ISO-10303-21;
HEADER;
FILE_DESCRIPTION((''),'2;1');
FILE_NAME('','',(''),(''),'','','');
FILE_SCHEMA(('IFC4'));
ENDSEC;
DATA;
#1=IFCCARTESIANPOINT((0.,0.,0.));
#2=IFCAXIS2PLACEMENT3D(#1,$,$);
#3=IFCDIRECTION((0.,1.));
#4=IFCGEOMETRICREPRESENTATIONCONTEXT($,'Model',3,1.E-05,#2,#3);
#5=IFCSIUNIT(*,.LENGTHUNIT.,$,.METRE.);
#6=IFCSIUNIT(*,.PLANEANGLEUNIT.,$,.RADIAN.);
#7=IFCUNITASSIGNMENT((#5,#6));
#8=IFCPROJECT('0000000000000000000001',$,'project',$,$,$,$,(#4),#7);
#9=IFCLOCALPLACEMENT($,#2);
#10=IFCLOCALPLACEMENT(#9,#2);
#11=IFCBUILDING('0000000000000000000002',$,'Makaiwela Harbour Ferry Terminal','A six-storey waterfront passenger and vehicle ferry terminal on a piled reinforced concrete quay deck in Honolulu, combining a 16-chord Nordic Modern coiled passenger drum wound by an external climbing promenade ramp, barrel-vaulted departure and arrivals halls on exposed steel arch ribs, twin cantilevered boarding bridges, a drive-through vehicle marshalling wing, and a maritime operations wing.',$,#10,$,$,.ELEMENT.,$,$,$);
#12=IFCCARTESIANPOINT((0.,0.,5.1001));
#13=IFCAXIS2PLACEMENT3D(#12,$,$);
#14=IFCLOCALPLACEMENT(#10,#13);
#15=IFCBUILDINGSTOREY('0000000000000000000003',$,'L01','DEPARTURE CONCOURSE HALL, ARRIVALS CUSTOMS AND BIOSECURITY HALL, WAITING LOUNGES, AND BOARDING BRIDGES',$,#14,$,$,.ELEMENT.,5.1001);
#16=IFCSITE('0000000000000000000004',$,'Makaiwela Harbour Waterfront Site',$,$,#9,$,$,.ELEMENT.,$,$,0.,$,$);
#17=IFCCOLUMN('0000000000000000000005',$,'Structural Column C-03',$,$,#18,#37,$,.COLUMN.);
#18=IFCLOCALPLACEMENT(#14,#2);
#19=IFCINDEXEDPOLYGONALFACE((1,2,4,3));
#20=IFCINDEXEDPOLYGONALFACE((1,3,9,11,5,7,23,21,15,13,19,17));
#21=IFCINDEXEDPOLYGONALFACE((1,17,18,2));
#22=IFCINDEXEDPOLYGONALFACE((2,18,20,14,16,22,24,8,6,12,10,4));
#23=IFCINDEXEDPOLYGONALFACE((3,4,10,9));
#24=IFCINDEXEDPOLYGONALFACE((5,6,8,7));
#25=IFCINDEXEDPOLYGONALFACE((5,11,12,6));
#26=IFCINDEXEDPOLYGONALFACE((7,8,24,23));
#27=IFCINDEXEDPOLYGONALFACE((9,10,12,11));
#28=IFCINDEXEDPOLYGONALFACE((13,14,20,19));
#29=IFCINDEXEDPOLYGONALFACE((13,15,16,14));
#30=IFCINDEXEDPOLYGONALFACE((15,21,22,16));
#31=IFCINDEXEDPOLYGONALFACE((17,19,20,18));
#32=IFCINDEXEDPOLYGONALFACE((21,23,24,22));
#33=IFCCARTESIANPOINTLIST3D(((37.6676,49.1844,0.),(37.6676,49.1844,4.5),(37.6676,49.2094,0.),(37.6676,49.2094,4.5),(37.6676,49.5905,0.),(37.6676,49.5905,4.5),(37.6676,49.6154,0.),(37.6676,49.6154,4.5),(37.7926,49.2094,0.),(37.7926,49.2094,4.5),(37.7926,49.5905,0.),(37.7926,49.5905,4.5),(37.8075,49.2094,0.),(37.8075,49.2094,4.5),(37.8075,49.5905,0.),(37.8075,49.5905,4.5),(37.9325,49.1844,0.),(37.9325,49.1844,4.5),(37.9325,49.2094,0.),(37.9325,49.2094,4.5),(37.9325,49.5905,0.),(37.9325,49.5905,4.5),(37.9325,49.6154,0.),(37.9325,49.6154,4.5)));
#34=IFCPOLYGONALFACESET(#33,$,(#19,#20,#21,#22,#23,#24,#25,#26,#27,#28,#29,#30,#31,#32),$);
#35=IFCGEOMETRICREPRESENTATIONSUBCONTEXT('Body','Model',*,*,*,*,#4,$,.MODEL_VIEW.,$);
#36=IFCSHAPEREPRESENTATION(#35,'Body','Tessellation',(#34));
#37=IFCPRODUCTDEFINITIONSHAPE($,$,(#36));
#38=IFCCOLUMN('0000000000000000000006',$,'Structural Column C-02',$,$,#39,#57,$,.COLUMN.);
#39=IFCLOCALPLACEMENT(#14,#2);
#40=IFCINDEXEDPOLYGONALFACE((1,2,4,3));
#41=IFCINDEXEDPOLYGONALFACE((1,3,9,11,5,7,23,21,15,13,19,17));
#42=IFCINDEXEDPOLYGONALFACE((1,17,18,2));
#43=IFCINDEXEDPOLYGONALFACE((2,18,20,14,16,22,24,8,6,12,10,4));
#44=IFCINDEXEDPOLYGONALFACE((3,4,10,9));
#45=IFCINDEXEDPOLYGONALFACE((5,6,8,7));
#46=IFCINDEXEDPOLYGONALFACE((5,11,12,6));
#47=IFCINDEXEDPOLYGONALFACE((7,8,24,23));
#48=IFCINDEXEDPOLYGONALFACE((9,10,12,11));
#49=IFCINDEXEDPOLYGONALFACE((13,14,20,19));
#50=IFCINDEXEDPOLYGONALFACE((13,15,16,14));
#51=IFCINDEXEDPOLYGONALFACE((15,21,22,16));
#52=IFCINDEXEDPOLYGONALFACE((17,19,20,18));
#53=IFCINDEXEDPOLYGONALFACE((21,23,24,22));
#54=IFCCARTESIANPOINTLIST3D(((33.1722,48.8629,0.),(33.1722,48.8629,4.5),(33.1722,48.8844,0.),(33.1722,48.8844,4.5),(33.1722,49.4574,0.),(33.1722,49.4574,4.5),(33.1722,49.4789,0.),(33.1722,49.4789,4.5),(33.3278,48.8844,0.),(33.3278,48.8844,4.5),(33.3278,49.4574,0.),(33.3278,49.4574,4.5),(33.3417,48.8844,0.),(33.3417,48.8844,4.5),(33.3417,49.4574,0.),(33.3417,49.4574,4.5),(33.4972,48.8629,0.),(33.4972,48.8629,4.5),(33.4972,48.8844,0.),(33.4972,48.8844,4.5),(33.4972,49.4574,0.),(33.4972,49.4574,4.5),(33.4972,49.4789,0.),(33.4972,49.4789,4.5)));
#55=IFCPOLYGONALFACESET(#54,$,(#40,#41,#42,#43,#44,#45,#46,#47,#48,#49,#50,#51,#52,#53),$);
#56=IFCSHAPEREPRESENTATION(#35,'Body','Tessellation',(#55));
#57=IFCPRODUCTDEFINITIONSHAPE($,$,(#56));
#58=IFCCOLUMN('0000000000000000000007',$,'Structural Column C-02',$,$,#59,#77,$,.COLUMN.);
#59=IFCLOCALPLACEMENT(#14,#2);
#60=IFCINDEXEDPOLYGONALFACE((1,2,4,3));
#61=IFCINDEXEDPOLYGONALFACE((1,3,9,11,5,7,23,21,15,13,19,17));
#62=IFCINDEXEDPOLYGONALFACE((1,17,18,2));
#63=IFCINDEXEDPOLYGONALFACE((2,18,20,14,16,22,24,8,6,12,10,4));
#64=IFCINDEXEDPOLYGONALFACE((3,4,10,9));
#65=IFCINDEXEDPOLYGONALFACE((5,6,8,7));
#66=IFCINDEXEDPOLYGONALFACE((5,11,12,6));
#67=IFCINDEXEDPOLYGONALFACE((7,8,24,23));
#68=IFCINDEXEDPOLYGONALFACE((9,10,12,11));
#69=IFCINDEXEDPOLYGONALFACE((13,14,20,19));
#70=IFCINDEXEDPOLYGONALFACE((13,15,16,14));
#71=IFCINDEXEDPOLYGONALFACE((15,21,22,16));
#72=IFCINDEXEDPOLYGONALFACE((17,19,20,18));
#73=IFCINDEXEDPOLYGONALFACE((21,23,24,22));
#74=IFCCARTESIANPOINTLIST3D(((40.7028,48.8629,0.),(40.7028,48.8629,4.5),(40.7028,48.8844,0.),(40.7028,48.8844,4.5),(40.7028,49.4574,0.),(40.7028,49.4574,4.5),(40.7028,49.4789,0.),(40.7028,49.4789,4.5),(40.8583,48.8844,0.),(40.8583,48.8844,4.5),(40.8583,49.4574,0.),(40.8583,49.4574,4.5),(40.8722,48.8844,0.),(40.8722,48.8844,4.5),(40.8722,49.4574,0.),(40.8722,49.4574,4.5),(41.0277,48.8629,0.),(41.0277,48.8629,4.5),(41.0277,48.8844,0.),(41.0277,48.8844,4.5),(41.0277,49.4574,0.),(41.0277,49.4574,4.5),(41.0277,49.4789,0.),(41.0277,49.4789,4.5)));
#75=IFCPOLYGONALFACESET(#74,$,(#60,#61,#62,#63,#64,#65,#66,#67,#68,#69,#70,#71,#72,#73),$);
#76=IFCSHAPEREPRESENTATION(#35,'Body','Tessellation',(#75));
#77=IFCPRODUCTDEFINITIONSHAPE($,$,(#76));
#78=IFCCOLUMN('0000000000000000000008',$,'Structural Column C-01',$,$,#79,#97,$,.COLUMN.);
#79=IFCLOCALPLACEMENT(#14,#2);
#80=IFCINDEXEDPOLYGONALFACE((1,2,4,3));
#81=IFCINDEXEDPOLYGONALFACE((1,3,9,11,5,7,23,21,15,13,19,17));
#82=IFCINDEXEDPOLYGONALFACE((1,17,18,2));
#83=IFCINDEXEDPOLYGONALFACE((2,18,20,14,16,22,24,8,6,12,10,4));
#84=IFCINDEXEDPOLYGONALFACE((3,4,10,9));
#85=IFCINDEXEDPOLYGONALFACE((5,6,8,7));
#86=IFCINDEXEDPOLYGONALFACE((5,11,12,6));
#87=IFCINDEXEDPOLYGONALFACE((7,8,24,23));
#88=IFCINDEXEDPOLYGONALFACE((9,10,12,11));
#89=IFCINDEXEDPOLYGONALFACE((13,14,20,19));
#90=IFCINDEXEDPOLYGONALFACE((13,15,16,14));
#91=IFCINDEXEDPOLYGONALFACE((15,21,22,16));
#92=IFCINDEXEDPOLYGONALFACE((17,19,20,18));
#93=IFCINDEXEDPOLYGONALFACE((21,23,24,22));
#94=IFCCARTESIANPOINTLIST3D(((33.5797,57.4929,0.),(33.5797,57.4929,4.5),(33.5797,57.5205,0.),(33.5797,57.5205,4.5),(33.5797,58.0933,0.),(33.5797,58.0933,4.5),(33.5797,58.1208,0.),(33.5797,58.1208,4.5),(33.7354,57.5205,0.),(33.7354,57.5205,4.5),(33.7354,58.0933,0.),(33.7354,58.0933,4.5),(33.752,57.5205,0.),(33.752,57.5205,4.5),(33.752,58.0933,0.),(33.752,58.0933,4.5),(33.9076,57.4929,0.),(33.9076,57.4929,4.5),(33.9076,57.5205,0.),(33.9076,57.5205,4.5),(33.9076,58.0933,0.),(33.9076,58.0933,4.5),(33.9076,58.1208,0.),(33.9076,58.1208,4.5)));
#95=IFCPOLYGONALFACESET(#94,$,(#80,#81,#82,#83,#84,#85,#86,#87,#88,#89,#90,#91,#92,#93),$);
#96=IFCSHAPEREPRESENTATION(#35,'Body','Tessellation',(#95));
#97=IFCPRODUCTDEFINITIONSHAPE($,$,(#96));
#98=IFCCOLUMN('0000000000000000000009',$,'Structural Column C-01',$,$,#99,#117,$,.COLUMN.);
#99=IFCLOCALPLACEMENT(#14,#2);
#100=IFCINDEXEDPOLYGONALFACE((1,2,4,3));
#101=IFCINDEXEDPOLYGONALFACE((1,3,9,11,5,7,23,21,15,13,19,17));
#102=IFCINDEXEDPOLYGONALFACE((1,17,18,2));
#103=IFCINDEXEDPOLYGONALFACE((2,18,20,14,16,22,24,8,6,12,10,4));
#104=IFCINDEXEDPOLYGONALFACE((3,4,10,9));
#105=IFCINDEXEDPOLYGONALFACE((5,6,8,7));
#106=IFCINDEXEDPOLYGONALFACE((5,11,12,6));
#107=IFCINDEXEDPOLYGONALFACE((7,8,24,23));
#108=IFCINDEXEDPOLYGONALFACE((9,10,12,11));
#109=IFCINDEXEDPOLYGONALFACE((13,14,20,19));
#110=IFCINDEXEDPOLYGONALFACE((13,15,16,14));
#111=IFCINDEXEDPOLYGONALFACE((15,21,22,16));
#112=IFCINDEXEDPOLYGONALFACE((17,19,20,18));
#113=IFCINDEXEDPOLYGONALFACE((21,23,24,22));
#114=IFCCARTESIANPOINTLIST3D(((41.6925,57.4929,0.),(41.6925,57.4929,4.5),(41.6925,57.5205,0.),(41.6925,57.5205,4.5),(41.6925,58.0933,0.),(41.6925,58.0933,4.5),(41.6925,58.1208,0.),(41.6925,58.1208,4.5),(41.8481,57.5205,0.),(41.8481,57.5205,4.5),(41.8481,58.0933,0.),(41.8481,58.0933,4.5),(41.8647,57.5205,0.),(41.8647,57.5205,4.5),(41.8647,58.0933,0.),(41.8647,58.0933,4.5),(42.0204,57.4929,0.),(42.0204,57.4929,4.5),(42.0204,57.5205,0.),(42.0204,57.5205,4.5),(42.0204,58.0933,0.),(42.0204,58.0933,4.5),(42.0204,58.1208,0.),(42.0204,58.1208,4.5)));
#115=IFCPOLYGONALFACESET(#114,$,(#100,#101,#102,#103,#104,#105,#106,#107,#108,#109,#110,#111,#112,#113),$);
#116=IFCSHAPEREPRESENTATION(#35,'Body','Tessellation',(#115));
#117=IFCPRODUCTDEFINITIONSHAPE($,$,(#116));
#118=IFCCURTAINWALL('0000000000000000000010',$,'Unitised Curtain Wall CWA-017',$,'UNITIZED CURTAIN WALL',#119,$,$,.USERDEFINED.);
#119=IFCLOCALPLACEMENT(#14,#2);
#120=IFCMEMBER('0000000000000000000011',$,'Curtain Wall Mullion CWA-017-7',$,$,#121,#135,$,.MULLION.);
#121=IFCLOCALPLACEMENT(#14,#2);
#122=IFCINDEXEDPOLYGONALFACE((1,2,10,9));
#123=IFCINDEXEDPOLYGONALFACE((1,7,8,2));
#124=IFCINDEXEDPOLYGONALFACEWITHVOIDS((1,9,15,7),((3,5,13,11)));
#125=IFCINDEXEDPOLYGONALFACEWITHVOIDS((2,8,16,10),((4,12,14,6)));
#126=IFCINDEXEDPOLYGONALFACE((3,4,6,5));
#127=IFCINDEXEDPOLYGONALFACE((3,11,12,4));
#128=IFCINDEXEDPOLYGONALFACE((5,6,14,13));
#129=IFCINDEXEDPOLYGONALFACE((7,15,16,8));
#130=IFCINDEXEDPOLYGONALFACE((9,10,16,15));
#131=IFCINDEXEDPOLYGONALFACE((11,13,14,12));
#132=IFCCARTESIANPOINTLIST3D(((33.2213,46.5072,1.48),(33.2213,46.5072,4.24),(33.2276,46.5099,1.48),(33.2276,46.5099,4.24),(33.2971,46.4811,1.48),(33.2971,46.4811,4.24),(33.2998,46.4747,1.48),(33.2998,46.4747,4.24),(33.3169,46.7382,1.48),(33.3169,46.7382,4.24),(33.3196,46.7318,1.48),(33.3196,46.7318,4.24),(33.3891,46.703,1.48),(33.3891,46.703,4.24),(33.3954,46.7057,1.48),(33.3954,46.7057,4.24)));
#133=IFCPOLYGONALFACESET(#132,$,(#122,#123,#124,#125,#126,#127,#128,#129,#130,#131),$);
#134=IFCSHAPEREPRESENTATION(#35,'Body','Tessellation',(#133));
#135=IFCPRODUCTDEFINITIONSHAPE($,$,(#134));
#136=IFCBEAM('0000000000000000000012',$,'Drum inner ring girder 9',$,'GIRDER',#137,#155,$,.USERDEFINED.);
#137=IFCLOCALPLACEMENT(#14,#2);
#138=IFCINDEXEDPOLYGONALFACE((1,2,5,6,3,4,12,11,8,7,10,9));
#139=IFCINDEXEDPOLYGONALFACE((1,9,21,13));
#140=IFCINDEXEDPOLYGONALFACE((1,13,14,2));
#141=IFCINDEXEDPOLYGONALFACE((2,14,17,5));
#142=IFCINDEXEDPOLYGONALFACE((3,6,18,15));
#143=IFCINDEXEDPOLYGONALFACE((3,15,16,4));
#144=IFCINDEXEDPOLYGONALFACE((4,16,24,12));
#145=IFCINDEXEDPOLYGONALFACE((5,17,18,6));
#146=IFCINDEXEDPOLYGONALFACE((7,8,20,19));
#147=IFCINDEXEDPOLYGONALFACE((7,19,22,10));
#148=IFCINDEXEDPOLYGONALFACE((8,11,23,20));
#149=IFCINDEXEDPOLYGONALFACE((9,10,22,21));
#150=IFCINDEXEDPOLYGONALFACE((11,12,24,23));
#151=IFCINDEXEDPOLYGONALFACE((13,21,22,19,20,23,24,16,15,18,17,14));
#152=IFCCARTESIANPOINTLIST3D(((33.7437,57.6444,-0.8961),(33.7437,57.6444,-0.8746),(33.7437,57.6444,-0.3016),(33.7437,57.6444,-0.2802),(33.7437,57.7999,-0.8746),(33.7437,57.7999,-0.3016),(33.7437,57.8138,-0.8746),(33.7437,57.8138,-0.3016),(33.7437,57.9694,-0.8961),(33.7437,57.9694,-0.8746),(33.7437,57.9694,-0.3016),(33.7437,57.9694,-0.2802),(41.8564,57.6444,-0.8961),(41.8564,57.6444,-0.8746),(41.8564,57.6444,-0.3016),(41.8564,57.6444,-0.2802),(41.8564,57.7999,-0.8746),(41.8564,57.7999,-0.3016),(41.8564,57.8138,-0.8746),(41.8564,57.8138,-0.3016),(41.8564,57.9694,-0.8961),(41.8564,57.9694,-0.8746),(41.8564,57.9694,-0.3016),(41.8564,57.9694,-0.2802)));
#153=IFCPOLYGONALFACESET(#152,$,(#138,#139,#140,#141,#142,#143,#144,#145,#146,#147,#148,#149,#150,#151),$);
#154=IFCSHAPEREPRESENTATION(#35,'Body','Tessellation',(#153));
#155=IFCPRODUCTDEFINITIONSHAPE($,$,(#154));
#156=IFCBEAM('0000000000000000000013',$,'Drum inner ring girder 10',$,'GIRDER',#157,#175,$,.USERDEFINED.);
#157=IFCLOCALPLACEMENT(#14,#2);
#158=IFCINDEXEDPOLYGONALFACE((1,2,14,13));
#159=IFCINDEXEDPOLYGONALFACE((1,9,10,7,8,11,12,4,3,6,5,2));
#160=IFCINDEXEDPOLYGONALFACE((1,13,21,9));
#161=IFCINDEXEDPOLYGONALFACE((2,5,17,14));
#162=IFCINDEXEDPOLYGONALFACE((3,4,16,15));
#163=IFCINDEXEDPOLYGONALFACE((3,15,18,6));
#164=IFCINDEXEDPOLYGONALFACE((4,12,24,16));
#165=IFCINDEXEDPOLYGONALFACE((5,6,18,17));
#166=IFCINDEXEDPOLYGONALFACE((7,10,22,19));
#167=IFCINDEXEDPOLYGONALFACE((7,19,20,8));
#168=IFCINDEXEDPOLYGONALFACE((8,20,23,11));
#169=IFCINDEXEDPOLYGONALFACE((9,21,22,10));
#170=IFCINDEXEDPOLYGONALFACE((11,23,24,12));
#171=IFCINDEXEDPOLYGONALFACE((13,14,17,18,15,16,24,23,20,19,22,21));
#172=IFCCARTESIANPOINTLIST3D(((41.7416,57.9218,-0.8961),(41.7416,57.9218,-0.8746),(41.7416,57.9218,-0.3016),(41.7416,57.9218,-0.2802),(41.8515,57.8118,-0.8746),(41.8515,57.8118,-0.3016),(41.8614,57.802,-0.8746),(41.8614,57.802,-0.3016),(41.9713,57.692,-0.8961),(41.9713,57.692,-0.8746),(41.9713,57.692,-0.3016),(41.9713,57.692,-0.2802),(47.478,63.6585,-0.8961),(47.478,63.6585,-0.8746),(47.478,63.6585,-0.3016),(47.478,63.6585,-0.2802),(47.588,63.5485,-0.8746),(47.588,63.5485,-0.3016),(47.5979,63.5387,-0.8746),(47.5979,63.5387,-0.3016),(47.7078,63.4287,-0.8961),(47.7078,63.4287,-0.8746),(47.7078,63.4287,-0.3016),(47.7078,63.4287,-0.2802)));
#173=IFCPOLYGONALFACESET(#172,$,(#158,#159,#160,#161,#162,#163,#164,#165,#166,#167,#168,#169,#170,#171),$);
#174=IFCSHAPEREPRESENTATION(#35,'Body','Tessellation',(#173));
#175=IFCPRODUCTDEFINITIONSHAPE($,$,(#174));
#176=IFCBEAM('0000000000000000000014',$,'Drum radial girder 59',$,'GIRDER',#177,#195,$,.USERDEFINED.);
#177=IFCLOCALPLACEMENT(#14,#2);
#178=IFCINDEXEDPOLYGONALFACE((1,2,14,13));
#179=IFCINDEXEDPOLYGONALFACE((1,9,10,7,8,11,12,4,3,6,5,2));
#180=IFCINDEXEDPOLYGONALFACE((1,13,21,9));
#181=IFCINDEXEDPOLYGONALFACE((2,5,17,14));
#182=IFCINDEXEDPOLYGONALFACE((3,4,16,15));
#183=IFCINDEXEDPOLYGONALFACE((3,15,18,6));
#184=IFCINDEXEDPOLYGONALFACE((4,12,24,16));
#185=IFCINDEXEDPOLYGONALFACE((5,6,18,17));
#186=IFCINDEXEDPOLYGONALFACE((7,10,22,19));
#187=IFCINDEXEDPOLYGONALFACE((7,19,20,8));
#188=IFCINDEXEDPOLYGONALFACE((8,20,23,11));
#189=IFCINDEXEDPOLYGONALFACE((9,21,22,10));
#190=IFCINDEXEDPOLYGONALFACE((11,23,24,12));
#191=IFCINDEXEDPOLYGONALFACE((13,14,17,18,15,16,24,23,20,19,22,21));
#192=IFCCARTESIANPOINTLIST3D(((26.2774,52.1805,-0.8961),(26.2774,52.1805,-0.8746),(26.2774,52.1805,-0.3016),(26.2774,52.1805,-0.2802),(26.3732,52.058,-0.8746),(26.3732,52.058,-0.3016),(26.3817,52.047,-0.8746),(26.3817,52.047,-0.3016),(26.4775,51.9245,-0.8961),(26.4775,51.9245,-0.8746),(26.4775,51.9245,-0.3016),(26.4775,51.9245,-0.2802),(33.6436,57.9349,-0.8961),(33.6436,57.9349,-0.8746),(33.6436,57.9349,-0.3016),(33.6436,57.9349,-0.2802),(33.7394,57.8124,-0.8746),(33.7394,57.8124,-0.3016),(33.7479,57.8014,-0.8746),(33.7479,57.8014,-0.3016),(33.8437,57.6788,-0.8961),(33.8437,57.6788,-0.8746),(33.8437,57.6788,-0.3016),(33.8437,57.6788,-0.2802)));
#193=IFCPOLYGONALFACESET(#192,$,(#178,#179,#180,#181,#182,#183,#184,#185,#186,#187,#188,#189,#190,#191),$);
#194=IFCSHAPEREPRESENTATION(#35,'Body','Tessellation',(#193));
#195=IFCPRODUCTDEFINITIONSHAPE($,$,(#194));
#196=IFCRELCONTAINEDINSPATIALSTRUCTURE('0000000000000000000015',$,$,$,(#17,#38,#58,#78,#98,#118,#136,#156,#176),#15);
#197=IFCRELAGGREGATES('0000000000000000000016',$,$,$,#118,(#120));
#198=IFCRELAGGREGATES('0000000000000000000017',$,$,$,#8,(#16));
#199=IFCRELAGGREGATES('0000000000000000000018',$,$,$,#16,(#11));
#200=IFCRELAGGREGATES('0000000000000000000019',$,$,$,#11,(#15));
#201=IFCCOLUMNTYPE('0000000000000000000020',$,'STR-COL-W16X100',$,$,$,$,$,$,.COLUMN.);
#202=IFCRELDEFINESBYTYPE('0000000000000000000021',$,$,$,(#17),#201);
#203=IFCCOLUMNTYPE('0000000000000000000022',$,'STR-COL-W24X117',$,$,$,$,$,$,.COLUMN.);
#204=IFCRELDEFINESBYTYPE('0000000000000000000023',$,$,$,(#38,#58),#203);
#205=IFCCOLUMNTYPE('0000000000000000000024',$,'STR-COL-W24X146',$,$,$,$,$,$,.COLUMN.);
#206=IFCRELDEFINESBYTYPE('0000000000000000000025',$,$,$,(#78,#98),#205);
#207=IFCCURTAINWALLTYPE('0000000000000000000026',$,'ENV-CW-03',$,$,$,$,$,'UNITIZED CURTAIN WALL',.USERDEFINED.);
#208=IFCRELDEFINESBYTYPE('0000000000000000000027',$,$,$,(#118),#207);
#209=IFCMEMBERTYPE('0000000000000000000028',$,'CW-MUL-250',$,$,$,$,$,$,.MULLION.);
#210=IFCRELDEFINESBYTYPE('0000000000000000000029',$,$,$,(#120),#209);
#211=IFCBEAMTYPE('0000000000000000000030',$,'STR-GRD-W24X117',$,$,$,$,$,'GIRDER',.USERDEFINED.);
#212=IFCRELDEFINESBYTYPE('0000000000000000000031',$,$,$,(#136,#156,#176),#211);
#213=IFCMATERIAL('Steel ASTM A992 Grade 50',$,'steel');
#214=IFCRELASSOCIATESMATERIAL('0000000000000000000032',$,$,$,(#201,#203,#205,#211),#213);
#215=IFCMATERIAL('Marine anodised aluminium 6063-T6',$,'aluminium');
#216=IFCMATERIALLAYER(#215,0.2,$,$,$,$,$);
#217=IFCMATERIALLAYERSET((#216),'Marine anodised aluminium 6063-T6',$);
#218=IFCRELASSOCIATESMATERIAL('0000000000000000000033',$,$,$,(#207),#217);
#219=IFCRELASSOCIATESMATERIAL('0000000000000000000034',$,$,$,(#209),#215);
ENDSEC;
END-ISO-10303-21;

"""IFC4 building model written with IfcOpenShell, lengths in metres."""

from ifc_helpers import new_model, si_unit, direction, frame, origin, origin_2d, place, context, subcontext, project, spatial, hollow_rectangle, i_section, extrude, material, layer, layer_set, material_profile, profile_set, type_object, element, aggregate, save


model = new_model("IFC4")

# Units and contexts
model_context = context("Model", 3, precision=1e-05, world=origin(), true_north=direction((0.0, 1.0)))
body_context = subcontext(model_context, "Body", "Model", "MODEL_VIEW")
ifc_project = project(units=[si_unit("LENGTHUNIT", "METRE"), si_unit("PLANEANGLEUNIT", "RADIAN")], contexts=[model_context])

# Site, building, storey
site_placement = place(None, origin())
site = spatial("IfcSite", under=ifc_project, at=site_placement, Name="Makaiwela Harbour Waterfront Site", CompositionType="ELEMENT", RefElevation=0.0)
building_placement = place(site_placement, origin())
building = spatial("IfcBuilding", under=site, at=building_placement, Name="Makaiwela Harbour Ferry Terminal", Description="A six-storey waterfront passenger and vehicle ferry terminal on a piled reinforced concrete quay deck in Honolulu, combining a 16-chord Nordic Modern coiled passenger drum wound by an external climbing promenade ramp, barrel-vaulted departure and arrivals halls on exposed steel arch ribs, twin cantilevered boarding bridges, a drive-through vehicle marshalling wing, and a maritime operations wing.", CompositionType="ELEMENT")
storey_placement = place(building_placement, frame((0.0, 0.0, 5.1001)))
storey = spatial("IfcBuildingStorey", under=building, at=storey_placement, Name="L01", Description="DEPARTURE CONCOURSE HALL, ARRIVALS CUSTOMS AND BIOSECURITY HALL, WAITING LOUNGES, AND BOARDING BRIDGES", CompositionType="ELEMENT", Elevation=5.1001)

# Columns
ifc_material_1 = material(Name="Steel ASTM A992 Grade 50", Category="steel")
ifc_material_profile_1 = material_profile(ifc_material_1, i_section(OverallWidth=0.2649, OverallDepth=0.4309, WebThickness=0.0149, FlangeThickness=0.0249, at=origin_2d()), Name="W16X100")
ifc_profile_set_1 = profile_set([ifc_material_profile_1], Name="Steel ASTM A992 Grade 50")
column_type_1 = type_object("IfcColumnType", Name="STR-COL-W16X100", PredefinedType="COLUMN", material=ifc_profile_set_1)
column_placement = place(storey_placement, frame((37.8, 49.3999, 0.0), z_axis=(0.0, 0.0, 1.0), x_axis=(1.0, 0.0, 0.0)))
element("IfcColumn", 1, at=column_placement, inside=storey, type_object=column_type_1, Name="Structural Column C-03", PredefinedType="COLUMN", context=body_context, shape_type="SweptSolid", body=[
    extrude(i_section(OverallWidth=0.2649, OverallDepth=0.4309, WebThickness=0.0149, FlangeThickness=0.0249, at=origin_2d()), origin(), (0.0, 0.0, 1.0), 4.5),
])
ifc_material_profile_2 = material_profile(ifc_material_1, i_section(OverallWidth=0.325, OverallDepth=0.616, WebThickness=0.0139, FlangeThickness=0.0215, at=origin_2d()), Name="W24X117")
ifc_profile_set_2 = profile_set([ifc_material_profile_2], Name="Steel ASTM A992 Grade 50")
column_type_2 = type_object("IfcColumnType", Name="STR-COL-W24X117", PredefinedType="COLUMN", material=ifc_profile_set_2)
for number, where, z_axis, x_axis, name in (
    (2, (33.3347, 49.1709, 0.0), (0.0, 0.0, 1.0), (1.0, 0.0, 0.0), "Structural Column C-02"),
    (3, (40.8652, 49.1709, 0.0), (0.0, 0.0, 1.0), (1.0, 0.0, 0.0), "Structural Column C-02"),
):
    element("IfcColumn", number, at=place(storey_placement, frame(where, z_axis=z_axis, x_axis=x_axis)), inside=storey, type_object=column_type_2, Name=name, PredefinedType="COLUMN", context=body_context, shape_type="SweptSolid", body=[
        extrude(i_section(OverallWidth=0.325, OverallDepth=0.616, WebThickness=0.0139, FlangeThickness=0.0215, at=origin_2d()), origin(), (0.0, 0.0, 1.0), 4.5),
    ])
ifc_material_profile_3 = material_profile(ifc_material_1, i_section(OverallWidth=0.3279, OverallDepth=0.6279, WebThickness=0.0166, FlangeThickness=0.0276, at=origin_2d()), Name="W24X146")
ifc_profile_set_3 = profile_set([ifc_material_profile_3], Name="Steel ASTM A992 Grade 50")
column_type_3 = type_object("IfcColumnType", Name="STR-COL-W24X146", PredefinedType="COLUMN", material=ifc_profile_set_3)
for number, where, z_axis, x_axis, name in (
    (4, (33.7437, 57.8069, 0.0), (0.0, 0.0, 1.0), (1.0, 0.0, 0.0), "Structural Column C-01"),
    (5, (41.8564, 57.8069, 0.0), (0.0, 0.0, 1.0), (1.0, 0.0, 0.0), "Structural Column C-01"),
):
    element("IfcColumn", number, at=place(storey_placement, frame(where, z_axis=z_axis, x_axis=x_axis)), inside=storey, type_object=column_type_3, Name=name, PredefinedType="COLUMN", context=body_context, shape_type="SweptSolid", body=[
        extrude(i_section(OverallWidth=0.3279, OverallDepth=0.6279, WebThickness=0.0166, FlangeThickness=0.0276, at=origin_2d()), origin(), (0.0, 0.0, 1.0), 4.5),
    ])

# Curtain wall, member
ifc_material_2 = material(Name="Marine anodised aluminium 6063-T6", Category="aluminium")
ifc_layer_1 = layer(ifc_material_2, 0.2)
ifc_layer_set_1 = layer_set([ifc_layer_1], Name="Marine anodised aluminium 6063-T6")
curtain_wall_type = type_object("IfcCurtainWallType", Name="ENV-CW-03", ElementType="UNITIZED CURTAIN WALL", PredefinedType="USERDEFINED", material=ifc_layer_set_1)
curtain_wall_placement = place(storey_placement, origin())
curtain_wall = element("IfcCurtainWall", 6, at=curtain_wall_placement, inside=storey, type_object=curtain_wall_type, Name="Unitised Curtain Wall CWA-017", ObjectType="UNITIZED CURTAIN WALL", PredefinedType="USERDEFINED")
ifc_material_profile_4 = material_profile(ifc_material_2, hollow_rectangle(XDim=0.085, YDim=0.25, WallThickness=0.0049, at=origin_2d()), Name="CWM-250X85")
ifc_profile_set_4 = profile_set([ifc_material_profile_4], Name="Marine anodised aluminium 6063-T6")
member_type = type_object("IfcMemberType", Name="CW-MUL-250", PredefinedType="MULLION", material=ifc_profile_set_4)
member_placement = place(storey_placement, frame((33.3083, 46.6064, 1.48), z_axis=(0.0, 0.0, 1.0), x_axis=(-0.92388, 0.382683, 0.0)))
member = element("IfcMember", 7, at=member_placement, type_object=member_type, Name="Curtain Wall Mullion CWA-017-7", PredefinedType="MULLION", context=body_context, shape_type="SweptSolid", body=[
    extrude(hollow_rectangle(XDim=0.085, YDim=0.25, WallThickness=0.0049, at=origin_2d()), origin(), (0.0, 0.0, 1.0), 2.76),
])

# Beams
ifc_material_profile_5 = material_profile(ifc_material_1, i_section(OverallWidth=0.325, OverallDepth=0.616, WebThickness=0.0139, FlangeThickness=0.0215, at=origin_2d()), Name="W24X117")
ifc_profile_set_5 = profile_set([ifc_material_profile_5], Name="Steel ASTM A992 Grade 50")
beam_type_1 = type_object("IfcBeamType", Name="STR-GRD-W24X117", ElementType="GIRDER", PredefinedType="USERDEFINED", material=ifc_profile_set_5)
for number, where, z_axis, x_axis, name in (
    (8, (33.7437, 57.8069, -0.5881), (1.0, 0.0, 0.0), (0.0, 1.0, 0.0), "Drum inner ring girder 9"),
    (9, (41.8564, 57.8069, -0.5881), (0.707092, 0.707122, 0.0), (-0.707122, 0.707092, 0.0), "Drum inner ring girder 10"),
):
    element("IfcBeam", number, at=place(storey_placement, frame(where, z_axis=z_axis, x_axis=x_axis)), inside=storey, type_object=beam_type_1, Name=name, ObjectType="GIRDER", PredefinedType="USERDEFINED", context=body_context, shape_type="SweptSolid", body=[
        extrude(i_section(OverallWidth=0.325, OverallDepth=0.616, WebThickness=0.0139, FlangeThickness=0.0215, at=origin_2d()), origin(), (0.0, 0.0, 1.0), 8.1128),
    ])
beam_1_placement = place(storey_placement, frame((33.7437, 57.8069, -0.5881), z_axis=(-0.788048, -0.615614, 0.0), x_axis=(0.615614, -0.788048, 0.0)))
element("IfcBeam", 10, at=beam_1_placement, inside=storey, type_object=beam_type_1, Name="Drum radial girder 59", ObjectType="GIRDER", PredefinedType="USERDEFINED", context=body_context, shape_type="SweptSolid", body=[
    extrude(i_section(OverallWidth=0.325, OverallDepth=0.616, WebThickness=0.0139, FlangeThickness=0.0215, at=origin_2d()), origin(), (0.0, 0.0, 1.0), 9.3474),
])

aggregate(curtain_wall, [member])

save(model, "model.ifc")
